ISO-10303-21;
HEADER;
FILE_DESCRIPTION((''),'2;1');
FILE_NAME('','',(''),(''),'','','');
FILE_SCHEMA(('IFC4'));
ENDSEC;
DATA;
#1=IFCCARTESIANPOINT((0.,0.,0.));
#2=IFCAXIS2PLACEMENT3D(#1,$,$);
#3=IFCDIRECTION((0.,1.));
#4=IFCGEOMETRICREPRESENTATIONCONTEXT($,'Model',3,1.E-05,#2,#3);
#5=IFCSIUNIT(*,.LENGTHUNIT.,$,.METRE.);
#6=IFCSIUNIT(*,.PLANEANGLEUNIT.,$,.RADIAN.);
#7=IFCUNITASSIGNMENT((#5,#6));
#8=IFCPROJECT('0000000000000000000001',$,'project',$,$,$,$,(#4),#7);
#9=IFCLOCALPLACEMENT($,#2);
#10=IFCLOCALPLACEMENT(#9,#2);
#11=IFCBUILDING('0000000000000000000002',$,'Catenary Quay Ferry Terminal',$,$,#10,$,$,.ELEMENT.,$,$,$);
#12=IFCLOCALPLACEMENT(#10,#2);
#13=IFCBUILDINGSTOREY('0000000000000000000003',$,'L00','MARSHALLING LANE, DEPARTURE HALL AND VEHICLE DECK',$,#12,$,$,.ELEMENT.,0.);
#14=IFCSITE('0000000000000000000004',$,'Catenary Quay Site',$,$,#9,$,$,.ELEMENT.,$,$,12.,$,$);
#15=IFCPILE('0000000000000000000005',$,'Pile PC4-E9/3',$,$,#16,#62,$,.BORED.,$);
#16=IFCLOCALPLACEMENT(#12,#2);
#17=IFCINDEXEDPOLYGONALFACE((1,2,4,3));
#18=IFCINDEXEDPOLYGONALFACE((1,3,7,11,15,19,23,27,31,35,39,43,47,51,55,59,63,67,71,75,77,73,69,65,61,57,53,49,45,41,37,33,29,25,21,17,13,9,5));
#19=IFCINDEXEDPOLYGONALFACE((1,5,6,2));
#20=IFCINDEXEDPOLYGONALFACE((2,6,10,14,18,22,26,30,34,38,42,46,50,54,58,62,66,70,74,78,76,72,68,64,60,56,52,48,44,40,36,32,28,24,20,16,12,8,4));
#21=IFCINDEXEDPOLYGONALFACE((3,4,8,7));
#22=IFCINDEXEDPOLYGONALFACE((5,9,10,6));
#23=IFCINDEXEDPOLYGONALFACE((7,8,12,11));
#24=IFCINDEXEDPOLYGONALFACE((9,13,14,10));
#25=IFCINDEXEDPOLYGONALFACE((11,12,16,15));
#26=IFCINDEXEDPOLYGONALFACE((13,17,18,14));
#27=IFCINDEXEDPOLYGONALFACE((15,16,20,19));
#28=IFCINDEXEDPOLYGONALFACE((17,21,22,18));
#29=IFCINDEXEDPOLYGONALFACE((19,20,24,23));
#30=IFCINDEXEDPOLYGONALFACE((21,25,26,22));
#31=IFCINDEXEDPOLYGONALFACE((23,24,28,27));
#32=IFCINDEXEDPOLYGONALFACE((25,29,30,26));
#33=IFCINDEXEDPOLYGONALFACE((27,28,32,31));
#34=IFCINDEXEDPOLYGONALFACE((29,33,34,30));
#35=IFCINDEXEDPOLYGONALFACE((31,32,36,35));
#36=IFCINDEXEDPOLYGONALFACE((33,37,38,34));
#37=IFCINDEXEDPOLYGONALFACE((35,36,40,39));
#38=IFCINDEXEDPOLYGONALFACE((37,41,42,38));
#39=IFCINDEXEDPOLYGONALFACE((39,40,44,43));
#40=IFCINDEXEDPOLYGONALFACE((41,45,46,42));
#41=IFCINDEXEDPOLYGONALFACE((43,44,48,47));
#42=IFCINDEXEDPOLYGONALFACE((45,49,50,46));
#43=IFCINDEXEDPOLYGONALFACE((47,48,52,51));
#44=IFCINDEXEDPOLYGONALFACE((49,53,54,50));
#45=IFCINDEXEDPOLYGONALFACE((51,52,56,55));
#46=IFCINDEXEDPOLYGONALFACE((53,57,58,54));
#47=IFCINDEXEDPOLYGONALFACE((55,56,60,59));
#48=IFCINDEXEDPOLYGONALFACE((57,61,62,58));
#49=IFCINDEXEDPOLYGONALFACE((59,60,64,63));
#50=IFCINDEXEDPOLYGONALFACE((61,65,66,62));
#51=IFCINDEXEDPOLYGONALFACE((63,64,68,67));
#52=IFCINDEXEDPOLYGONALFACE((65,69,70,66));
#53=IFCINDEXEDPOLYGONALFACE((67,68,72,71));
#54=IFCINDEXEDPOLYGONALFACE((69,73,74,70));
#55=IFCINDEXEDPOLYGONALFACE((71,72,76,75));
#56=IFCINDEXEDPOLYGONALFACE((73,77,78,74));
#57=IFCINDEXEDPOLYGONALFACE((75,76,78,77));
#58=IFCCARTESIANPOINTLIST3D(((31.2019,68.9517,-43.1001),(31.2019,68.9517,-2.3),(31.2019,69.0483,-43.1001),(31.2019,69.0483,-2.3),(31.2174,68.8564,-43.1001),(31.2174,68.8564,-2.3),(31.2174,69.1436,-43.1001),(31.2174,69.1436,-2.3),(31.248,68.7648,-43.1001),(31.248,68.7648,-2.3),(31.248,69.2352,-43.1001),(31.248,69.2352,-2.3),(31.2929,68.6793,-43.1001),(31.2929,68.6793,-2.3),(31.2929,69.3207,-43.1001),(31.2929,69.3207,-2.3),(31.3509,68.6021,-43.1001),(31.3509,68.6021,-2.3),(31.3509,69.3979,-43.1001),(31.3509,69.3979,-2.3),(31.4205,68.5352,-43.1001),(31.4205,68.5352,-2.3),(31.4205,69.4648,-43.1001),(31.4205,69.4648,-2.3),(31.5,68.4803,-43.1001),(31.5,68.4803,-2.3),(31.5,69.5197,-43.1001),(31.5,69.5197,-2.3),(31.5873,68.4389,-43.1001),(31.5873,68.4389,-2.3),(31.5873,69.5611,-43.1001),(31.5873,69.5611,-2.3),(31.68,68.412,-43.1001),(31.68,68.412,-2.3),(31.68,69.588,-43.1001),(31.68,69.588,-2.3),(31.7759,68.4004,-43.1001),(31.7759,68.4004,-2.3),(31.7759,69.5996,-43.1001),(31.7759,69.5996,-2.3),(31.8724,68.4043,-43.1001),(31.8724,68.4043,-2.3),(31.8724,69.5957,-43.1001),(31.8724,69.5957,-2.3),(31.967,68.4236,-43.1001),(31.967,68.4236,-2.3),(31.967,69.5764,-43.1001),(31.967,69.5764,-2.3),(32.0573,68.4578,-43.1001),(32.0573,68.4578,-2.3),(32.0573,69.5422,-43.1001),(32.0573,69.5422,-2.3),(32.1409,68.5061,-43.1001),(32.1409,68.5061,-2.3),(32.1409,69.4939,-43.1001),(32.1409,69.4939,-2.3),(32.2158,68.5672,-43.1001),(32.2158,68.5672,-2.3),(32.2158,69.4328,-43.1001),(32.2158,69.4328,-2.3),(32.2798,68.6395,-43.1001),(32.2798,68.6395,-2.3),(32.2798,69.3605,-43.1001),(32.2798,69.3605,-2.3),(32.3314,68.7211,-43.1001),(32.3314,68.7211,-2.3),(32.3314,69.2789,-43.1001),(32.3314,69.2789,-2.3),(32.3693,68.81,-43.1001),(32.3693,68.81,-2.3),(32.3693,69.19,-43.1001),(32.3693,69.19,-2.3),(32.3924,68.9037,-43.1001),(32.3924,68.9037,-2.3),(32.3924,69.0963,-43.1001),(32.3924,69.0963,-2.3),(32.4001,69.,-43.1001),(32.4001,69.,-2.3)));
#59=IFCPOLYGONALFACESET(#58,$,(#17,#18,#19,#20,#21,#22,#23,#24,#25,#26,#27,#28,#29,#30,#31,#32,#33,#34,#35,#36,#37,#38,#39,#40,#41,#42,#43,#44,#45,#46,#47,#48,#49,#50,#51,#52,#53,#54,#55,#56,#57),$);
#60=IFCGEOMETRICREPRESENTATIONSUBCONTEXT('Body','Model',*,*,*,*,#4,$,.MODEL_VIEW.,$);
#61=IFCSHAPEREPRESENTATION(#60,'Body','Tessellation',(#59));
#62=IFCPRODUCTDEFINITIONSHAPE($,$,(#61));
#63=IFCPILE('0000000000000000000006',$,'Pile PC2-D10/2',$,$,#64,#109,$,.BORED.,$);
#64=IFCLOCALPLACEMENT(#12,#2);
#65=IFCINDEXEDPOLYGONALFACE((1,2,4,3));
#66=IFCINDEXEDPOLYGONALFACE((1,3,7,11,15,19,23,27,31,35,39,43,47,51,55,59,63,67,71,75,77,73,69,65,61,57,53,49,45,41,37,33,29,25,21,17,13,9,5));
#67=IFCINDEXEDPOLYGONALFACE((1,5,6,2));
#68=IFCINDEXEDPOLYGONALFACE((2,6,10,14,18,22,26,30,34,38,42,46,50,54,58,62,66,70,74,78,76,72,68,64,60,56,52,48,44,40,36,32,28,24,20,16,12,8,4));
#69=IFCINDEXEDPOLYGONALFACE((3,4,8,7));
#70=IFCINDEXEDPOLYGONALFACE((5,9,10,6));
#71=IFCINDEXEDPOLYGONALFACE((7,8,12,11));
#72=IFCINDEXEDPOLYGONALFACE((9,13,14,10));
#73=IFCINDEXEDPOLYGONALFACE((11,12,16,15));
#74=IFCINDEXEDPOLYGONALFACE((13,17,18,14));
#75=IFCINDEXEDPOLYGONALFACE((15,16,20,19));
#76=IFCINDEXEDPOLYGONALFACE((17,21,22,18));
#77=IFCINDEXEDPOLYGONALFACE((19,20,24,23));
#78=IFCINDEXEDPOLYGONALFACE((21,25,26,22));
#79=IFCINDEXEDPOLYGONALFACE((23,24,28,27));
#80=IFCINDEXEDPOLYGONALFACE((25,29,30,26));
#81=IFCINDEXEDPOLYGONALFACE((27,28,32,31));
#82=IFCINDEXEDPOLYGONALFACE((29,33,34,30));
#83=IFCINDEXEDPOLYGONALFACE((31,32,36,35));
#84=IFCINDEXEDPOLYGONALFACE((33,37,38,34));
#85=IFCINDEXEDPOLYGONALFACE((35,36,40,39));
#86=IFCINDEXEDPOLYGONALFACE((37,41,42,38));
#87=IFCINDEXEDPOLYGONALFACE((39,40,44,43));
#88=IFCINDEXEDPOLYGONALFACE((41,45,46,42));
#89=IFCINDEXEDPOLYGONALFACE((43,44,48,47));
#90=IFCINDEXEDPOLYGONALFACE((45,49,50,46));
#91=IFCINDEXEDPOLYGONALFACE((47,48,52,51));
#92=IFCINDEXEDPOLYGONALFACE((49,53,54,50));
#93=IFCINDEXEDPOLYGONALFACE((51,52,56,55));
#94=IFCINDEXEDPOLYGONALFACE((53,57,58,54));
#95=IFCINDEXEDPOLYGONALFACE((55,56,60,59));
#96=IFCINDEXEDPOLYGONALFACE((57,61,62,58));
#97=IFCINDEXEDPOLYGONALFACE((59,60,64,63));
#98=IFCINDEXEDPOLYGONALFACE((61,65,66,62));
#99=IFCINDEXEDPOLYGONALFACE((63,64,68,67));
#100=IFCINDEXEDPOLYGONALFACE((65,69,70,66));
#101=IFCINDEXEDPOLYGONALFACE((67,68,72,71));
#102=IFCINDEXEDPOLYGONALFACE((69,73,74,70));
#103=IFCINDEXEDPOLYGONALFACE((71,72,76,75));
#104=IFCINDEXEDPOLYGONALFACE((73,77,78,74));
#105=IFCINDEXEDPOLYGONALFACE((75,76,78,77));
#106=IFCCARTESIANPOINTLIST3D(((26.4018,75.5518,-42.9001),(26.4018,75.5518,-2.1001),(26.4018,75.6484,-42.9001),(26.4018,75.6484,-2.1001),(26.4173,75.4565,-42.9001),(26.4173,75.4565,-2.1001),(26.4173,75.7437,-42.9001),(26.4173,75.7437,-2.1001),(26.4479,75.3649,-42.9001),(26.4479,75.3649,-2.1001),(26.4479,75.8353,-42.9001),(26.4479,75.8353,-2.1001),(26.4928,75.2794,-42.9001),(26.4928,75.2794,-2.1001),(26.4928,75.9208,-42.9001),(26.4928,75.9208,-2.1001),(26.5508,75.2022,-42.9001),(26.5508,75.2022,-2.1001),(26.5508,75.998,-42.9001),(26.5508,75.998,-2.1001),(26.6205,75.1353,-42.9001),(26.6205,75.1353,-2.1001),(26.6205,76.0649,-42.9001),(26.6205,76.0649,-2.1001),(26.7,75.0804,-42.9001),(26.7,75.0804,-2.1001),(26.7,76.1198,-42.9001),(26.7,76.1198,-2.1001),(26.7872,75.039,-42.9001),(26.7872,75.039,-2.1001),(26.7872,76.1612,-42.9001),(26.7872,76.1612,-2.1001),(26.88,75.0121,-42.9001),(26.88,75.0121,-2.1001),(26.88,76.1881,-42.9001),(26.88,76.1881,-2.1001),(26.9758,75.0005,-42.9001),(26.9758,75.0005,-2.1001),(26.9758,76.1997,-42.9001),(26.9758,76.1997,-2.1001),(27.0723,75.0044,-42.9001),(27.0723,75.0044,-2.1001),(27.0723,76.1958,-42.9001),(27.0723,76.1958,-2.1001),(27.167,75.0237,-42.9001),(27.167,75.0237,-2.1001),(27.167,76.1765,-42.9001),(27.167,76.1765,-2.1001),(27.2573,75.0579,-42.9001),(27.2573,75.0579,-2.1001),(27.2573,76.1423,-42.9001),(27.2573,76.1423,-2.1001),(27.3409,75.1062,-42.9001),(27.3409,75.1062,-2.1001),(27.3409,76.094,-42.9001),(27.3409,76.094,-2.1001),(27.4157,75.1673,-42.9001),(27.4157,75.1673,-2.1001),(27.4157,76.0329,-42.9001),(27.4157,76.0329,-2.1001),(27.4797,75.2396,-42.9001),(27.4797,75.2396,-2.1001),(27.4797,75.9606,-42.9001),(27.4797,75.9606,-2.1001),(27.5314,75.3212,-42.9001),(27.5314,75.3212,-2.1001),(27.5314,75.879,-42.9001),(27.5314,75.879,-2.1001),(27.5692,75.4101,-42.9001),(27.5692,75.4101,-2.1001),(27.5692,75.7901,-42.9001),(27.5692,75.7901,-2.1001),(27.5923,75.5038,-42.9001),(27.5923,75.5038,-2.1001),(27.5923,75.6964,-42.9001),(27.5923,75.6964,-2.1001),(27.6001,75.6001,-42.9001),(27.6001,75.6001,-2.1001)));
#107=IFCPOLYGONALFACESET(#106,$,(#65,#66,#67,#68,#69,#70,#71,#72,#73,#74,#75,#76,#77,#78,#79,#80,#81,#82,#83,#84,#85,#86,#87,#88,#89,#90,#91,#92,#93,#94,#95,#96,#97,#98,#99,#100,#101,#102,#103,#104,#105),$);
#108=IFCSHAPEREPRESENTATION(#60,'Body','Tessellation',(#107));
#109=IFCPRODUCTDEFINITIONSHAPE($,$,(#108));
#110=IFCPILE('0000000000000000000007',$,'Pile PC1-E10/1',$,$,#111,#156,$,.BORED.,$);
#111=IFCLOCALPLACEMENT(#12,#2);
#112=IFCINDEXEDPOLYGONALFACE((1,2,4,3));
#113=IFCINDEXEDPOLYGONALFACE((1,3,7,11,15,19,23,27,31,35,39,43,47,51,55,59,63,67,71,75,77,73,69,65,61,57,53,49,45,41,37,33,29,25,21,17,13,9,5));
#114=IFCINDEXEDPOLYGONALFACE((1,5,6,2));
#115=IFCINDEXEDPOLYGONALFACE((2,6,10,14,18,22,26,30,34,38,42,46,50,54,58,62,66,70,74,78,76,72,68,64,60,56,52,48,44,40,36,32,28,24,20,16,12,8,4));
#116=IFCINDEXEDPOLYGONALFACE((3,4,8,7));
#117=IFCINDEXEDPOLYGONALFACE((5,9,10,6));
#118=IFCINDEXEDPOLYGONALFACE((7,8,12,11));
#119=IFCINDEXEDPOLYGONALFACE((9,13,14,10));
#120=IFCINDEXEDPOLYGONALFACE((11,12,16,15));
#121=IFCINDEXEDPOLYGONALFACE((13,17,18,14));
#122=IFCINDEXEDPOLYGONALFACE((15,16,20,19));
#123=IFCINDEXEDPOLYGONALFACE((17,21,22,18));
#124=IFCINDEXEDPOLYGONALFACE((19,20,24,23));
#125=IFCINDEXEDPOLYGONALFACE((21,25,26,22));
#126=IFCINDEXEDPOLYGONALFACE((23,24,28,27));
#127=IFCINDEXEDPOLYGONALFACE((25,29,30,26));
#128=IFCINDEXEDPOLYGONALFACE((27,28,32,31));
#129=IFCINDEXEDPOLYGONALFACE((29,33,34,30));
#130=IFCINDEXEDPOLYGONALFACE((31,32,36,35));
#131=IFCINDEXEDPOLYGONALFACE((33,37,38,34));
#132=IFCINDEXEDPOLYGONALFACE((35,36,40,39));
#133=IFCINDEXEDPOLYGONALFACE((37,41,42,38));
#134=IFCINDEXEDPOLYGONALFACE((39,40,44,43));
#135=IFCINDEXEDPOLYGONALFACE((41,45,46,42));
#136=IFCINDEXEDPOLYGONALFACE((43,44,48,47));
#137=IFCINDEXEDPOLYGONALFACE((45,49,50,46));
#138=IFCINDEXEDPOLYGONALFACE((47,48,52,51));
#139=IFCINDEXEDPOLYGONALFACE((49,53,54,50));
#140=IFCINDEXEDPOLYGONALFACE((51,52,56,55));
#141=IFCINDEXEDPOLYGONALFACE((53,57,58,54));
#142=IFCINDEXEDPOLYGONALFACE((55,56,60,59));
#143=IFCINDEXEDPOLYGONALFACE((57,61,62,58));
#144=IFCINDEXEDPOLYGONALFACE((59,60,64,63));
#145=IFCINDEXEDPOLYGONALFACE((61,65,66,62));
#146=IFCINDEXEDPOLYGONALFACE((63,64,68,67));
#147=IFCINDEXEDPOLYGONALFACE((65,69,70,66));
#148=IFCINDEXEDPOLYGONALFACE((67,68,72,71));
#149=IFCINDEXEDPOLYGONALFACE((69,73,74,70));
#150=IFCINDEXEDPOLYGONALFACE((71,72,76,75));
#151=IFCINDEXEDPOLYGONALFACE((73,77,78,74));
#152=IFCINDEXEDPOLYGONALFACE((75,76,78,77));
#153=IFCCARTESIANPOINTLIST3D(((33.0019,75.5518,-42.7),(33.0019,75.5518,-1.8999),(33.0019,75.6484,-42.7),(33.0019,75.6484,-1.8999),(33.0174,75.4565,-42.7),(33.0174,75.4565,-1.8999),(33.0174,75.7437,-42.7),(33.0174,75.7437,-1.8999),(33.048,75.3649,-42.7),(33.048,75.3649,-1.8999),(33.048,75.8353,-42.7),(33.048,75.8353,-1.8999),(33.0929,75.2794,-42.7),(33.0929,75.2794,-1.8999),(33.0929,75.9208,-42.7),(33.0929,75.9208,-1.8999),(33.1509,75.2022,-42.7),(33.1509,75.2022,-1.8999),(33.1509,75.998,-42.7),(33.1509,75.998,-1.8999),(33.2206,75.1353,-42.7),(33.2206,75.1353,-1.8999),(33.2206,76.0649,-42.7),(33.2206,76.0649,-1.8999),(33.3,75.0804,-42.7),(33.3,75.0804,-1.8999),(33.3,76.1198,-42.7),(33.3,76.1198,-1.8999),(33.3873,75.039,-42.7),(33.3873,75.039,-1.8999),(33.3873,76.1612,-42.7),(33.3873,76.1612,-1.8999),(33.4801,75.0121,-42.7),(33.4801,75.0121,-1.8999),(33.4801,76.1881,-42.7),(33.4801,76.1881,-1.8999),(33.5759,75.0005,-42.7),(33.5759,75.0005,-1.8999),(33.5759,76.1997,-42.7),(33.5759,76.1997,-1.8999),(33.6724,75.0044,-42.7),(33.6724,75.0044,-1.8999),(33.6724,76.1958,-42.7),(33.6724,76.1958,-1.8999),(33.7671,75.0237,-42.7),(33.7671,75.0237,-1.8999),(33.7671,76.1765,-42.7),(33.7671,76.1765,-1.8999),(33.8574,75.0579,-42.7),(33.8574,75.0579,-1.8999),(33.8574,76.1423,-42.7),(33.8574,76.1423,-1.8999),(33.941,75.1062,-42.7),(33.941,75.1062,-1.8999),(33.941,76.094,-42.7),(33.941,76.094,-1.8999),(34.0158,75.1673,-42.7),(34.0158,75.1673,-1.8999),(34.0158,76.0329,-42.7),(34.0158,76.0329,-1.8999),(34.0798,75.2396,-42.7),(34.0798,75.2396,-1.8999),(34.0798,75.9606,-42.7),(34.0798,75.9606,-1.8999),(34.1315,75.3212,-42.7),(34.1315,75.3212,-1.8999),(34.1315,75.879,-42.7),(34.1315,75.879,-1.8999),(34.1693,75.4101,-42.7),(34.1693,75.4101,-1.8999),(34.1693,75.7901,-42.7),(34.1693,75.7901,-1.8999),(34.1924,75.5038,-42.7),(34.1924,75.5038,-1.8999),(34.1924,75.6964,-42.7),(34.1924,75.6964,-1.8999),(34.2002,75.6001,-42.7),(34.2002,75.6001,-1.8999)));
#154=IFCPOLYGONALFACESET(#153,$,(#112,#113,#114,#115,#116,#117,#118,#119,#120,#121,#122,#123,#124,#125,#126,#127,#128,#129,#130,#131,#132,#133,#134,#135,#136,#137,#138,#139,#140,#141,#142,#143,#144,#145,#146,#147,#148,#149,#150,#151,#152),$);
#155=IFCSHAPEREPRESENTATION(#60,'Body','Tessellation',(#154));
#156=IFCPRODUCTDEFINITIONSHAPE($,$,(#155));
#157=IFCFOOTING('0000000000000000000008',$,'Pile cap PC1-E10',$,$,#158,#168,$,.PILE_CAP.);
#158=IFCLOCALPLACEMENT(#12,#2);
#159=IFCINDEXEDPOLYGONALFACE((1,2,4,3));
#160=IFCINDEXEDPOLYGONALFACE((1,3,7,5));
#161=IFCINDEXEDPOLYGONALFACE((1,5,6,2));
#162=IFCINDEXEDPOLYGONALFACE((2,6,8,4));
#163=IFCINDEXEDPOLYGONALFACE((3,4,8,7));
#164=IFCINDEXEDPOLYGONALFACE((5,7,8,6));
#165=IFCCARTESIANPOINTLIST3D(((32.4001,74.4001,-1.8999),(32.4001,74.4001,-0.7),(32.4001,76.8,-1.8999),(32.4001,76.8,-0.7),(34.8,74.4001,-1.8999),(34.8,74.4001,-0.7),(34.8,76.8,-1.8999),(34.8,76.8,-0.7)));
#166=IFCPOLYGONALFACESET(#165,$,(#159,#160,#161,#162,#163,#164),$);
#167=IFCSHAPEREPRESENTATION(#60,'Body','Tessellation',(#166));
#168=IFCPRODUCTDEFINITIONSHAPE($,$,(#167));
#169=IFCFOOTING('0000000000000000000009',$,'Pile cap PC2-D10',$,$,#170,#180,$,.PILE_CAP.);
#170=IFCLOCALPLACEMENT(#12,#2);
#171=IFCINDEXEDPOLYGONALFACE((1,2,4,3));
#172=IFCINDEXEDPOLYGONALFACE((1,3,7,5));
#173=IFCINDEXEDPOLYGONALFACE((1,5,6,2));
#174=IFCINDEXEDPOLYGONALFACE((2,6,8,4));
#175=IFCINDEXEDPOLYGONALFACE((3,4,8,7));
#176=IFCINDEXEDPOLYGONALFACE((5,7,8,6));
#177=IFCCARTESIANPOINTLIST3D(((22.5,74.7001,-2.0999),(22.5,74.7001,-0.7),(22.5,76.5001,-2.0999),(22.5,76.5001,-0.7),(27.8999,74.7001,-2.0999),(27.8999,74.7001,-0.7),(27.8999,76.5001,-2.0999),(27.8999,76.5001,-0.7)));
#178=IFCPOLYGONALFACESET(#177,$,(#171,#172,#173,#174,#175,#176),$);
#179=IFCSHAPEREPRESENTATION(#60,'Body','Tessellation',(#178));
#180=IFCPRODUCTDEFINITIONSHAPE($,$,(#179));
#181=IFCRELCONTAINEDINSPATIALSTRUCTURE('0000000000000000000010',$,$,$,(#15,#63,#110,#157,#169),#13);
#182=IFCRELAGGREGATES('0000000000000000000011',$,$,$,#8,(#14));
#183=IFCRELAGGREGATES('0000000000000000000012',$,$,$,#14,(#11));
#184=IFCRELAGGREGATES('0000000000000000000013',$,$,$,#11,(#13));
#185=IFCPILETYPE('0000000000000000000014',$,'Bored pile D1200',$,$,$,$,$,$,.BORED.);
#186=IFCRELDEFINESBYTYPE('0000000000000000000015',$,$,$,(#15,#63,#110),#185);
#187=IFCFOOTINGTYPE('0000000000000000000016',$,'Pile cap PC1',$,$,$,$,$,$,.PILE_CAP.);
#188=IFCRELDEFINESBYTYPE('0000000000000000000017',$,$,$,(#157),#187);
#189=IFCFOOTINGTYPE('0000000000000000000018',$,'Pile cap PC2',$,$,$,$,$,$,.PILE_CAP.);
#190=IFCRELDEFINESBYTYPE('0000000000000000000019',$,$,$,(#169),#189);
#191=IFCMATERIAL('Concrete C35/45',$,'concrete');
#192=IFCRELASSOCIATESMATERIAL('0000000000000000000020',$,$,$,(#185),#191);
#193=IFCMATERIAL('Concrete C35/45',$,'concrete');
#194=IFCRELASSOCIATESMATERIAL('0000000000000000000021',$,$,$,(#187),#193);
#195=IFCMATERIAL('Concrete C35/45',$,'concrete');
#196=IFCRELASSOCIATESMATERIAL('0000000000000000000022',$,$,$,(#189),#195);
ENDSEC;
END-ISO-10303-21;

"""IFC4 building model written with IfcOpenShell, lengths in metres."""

from ifc_helpers import new_model, si_unit, direction, frame, origin, origin_2d, place, context, subcontext, project, spatial, rectangle, circle, extrude, material, material_profile, profile_set, type_object, element, save


model = new_model("IFC4")

# Units and contexts
model_context = context("Model", 3, precision=1e-05, world=origin(), true_north=direction((0.0, 1.0)))
body_context = subcontext(model_context, "Body", "Model", "MODEL_VIEW")
ifc_project = project(units=[si_unit("LENGTHUNIT", "METRE"), si_unit("PLANEANGLEUNIT", "RADIAN")], contexts=[model_context])

# Site, building, storey
site_placement = place(None, origin())
site = spatial("IfcSite", under=ifc_project, at=site_placement, Name="Catenary Quay Site", CompositionType="ELEMENT", RefElevation=12.0)
building_placement = place(site_placement, origin())
building = spatial("IfcBuilding", under=site, at=building_placement, Name="Catenary Quay Ferry Terminal", CompositionType="ELEMENT")
storey_placement = place(building_placement, origin())
storey = spatial("IfcBuildingStorey", under=building, at=storey_placement, Name="L00", Description="MARSHALLING LANE, DEPARTURE HALL AND VEHICLE DECK", CompositionType="ELEMENT", Elevation=0.0)

# Piles
ifc_material_1 = material(Name="Concrete C35/45", Category="concrete")
ifc_material_profile_1 = material_profile(ifc_material_1, circle(Radius=0.6001, at=origin_2d()), Name="D1200")
ifc_profile_set_1 = profile_set([ifc_material_profile_1], Name="Concrete C35/45")
pile_type = type_object("IfcPileType", Name="Bored pile D1200", PredefinedType="BORED", material=ifc_profile_set_1)
for number, where, z_axis, x_axis, name in (
    (1, (31.8, 69.0, -2.3), (0.0, 0.0, -1.0), (1.0, 0.0, 0.0), "Pile PC4-E9/3"),
    (2, (27.0, 75.6001, -2.1001), (0.0, 0.0, -1.0), (1.0, 0.0, 0.0), "Pile PC2-D10/2"),
    (3, (33.6001, 75.6001, -1.8999), (0.0, 0.0, -1.0), (1.0, 0.0, 0.0), "Pile PC1-E10/1"),
):
    element("IfcPile", number, at=place(storey_placement, frame(where, z_axis=z_axis, x_axis=x_axis)), inside=storey, type_object=pile_type, Name=name, PredefinedType="BORED", context=body_context, shape_type="SweptSolid", body=[
        extrude(circle(Radius=0.6001, at=origin_2d()), origin(), (0.0, 0.0, 1.0), 40.8),
    ])

# Footings
ifc_material_2 = material(Name="Concrete C35/45", Category="concrete")
footing_type_1 = type_object("IfcFootingType", Name="Pile cap PC1", PredefinedType="PILE_CAP", material=ifc_material_2)
footing_1_placement = place(storey_placement, frame((33.6001, 75.6001, -1.8999), z_axis=(0.0, 0.0, 1.0), x_axis=(1.0, 0.0, 0.0)))
element("IfcFooting", 4, at=footing_1_placement, inside=storey, type_object=footing_type_1, Name="Pile cap PC1-E10", PredefinedType="PILE_CAP", context=body_context, shape_type="SweptSolid", body=[
    extrude(rectangle(XDim=2.3999, YDim=2.3999, at=origin_2d()), origin(), (0.0, 0.0, 1.0), 1.2),
])
ifc_material_3 = material(Name="Concrete C35/45", Category="concrete")
footing_type_2 = type_object("IfcFootingType", Name="Pile cap PC2", PredefinedType="PILE_CAP", material=ifc_material_3)
footing_2_placement = place(storey_placement, frame((25.2, 75.6001, -2.0999), z_axis=(0.0, 0.0, 1.0), x_axis=(1.0, 0.0, 0.0)))
element("IfcFooting", 5, at=footing_2_placement, inside=storey, type_object=footing_type_2, Name="Pile cap PC2-D10", PredefinedType="PILE_CAP", context=body_context, shape_type="SweptSolid", body=[
    extrude(rectangle(XDim=5.3999, YDim=1.8, at=origin_2d()), origin(), (0.0, 0.0, 1.0), 1.3999),
])

save(model, "model.ifc")
